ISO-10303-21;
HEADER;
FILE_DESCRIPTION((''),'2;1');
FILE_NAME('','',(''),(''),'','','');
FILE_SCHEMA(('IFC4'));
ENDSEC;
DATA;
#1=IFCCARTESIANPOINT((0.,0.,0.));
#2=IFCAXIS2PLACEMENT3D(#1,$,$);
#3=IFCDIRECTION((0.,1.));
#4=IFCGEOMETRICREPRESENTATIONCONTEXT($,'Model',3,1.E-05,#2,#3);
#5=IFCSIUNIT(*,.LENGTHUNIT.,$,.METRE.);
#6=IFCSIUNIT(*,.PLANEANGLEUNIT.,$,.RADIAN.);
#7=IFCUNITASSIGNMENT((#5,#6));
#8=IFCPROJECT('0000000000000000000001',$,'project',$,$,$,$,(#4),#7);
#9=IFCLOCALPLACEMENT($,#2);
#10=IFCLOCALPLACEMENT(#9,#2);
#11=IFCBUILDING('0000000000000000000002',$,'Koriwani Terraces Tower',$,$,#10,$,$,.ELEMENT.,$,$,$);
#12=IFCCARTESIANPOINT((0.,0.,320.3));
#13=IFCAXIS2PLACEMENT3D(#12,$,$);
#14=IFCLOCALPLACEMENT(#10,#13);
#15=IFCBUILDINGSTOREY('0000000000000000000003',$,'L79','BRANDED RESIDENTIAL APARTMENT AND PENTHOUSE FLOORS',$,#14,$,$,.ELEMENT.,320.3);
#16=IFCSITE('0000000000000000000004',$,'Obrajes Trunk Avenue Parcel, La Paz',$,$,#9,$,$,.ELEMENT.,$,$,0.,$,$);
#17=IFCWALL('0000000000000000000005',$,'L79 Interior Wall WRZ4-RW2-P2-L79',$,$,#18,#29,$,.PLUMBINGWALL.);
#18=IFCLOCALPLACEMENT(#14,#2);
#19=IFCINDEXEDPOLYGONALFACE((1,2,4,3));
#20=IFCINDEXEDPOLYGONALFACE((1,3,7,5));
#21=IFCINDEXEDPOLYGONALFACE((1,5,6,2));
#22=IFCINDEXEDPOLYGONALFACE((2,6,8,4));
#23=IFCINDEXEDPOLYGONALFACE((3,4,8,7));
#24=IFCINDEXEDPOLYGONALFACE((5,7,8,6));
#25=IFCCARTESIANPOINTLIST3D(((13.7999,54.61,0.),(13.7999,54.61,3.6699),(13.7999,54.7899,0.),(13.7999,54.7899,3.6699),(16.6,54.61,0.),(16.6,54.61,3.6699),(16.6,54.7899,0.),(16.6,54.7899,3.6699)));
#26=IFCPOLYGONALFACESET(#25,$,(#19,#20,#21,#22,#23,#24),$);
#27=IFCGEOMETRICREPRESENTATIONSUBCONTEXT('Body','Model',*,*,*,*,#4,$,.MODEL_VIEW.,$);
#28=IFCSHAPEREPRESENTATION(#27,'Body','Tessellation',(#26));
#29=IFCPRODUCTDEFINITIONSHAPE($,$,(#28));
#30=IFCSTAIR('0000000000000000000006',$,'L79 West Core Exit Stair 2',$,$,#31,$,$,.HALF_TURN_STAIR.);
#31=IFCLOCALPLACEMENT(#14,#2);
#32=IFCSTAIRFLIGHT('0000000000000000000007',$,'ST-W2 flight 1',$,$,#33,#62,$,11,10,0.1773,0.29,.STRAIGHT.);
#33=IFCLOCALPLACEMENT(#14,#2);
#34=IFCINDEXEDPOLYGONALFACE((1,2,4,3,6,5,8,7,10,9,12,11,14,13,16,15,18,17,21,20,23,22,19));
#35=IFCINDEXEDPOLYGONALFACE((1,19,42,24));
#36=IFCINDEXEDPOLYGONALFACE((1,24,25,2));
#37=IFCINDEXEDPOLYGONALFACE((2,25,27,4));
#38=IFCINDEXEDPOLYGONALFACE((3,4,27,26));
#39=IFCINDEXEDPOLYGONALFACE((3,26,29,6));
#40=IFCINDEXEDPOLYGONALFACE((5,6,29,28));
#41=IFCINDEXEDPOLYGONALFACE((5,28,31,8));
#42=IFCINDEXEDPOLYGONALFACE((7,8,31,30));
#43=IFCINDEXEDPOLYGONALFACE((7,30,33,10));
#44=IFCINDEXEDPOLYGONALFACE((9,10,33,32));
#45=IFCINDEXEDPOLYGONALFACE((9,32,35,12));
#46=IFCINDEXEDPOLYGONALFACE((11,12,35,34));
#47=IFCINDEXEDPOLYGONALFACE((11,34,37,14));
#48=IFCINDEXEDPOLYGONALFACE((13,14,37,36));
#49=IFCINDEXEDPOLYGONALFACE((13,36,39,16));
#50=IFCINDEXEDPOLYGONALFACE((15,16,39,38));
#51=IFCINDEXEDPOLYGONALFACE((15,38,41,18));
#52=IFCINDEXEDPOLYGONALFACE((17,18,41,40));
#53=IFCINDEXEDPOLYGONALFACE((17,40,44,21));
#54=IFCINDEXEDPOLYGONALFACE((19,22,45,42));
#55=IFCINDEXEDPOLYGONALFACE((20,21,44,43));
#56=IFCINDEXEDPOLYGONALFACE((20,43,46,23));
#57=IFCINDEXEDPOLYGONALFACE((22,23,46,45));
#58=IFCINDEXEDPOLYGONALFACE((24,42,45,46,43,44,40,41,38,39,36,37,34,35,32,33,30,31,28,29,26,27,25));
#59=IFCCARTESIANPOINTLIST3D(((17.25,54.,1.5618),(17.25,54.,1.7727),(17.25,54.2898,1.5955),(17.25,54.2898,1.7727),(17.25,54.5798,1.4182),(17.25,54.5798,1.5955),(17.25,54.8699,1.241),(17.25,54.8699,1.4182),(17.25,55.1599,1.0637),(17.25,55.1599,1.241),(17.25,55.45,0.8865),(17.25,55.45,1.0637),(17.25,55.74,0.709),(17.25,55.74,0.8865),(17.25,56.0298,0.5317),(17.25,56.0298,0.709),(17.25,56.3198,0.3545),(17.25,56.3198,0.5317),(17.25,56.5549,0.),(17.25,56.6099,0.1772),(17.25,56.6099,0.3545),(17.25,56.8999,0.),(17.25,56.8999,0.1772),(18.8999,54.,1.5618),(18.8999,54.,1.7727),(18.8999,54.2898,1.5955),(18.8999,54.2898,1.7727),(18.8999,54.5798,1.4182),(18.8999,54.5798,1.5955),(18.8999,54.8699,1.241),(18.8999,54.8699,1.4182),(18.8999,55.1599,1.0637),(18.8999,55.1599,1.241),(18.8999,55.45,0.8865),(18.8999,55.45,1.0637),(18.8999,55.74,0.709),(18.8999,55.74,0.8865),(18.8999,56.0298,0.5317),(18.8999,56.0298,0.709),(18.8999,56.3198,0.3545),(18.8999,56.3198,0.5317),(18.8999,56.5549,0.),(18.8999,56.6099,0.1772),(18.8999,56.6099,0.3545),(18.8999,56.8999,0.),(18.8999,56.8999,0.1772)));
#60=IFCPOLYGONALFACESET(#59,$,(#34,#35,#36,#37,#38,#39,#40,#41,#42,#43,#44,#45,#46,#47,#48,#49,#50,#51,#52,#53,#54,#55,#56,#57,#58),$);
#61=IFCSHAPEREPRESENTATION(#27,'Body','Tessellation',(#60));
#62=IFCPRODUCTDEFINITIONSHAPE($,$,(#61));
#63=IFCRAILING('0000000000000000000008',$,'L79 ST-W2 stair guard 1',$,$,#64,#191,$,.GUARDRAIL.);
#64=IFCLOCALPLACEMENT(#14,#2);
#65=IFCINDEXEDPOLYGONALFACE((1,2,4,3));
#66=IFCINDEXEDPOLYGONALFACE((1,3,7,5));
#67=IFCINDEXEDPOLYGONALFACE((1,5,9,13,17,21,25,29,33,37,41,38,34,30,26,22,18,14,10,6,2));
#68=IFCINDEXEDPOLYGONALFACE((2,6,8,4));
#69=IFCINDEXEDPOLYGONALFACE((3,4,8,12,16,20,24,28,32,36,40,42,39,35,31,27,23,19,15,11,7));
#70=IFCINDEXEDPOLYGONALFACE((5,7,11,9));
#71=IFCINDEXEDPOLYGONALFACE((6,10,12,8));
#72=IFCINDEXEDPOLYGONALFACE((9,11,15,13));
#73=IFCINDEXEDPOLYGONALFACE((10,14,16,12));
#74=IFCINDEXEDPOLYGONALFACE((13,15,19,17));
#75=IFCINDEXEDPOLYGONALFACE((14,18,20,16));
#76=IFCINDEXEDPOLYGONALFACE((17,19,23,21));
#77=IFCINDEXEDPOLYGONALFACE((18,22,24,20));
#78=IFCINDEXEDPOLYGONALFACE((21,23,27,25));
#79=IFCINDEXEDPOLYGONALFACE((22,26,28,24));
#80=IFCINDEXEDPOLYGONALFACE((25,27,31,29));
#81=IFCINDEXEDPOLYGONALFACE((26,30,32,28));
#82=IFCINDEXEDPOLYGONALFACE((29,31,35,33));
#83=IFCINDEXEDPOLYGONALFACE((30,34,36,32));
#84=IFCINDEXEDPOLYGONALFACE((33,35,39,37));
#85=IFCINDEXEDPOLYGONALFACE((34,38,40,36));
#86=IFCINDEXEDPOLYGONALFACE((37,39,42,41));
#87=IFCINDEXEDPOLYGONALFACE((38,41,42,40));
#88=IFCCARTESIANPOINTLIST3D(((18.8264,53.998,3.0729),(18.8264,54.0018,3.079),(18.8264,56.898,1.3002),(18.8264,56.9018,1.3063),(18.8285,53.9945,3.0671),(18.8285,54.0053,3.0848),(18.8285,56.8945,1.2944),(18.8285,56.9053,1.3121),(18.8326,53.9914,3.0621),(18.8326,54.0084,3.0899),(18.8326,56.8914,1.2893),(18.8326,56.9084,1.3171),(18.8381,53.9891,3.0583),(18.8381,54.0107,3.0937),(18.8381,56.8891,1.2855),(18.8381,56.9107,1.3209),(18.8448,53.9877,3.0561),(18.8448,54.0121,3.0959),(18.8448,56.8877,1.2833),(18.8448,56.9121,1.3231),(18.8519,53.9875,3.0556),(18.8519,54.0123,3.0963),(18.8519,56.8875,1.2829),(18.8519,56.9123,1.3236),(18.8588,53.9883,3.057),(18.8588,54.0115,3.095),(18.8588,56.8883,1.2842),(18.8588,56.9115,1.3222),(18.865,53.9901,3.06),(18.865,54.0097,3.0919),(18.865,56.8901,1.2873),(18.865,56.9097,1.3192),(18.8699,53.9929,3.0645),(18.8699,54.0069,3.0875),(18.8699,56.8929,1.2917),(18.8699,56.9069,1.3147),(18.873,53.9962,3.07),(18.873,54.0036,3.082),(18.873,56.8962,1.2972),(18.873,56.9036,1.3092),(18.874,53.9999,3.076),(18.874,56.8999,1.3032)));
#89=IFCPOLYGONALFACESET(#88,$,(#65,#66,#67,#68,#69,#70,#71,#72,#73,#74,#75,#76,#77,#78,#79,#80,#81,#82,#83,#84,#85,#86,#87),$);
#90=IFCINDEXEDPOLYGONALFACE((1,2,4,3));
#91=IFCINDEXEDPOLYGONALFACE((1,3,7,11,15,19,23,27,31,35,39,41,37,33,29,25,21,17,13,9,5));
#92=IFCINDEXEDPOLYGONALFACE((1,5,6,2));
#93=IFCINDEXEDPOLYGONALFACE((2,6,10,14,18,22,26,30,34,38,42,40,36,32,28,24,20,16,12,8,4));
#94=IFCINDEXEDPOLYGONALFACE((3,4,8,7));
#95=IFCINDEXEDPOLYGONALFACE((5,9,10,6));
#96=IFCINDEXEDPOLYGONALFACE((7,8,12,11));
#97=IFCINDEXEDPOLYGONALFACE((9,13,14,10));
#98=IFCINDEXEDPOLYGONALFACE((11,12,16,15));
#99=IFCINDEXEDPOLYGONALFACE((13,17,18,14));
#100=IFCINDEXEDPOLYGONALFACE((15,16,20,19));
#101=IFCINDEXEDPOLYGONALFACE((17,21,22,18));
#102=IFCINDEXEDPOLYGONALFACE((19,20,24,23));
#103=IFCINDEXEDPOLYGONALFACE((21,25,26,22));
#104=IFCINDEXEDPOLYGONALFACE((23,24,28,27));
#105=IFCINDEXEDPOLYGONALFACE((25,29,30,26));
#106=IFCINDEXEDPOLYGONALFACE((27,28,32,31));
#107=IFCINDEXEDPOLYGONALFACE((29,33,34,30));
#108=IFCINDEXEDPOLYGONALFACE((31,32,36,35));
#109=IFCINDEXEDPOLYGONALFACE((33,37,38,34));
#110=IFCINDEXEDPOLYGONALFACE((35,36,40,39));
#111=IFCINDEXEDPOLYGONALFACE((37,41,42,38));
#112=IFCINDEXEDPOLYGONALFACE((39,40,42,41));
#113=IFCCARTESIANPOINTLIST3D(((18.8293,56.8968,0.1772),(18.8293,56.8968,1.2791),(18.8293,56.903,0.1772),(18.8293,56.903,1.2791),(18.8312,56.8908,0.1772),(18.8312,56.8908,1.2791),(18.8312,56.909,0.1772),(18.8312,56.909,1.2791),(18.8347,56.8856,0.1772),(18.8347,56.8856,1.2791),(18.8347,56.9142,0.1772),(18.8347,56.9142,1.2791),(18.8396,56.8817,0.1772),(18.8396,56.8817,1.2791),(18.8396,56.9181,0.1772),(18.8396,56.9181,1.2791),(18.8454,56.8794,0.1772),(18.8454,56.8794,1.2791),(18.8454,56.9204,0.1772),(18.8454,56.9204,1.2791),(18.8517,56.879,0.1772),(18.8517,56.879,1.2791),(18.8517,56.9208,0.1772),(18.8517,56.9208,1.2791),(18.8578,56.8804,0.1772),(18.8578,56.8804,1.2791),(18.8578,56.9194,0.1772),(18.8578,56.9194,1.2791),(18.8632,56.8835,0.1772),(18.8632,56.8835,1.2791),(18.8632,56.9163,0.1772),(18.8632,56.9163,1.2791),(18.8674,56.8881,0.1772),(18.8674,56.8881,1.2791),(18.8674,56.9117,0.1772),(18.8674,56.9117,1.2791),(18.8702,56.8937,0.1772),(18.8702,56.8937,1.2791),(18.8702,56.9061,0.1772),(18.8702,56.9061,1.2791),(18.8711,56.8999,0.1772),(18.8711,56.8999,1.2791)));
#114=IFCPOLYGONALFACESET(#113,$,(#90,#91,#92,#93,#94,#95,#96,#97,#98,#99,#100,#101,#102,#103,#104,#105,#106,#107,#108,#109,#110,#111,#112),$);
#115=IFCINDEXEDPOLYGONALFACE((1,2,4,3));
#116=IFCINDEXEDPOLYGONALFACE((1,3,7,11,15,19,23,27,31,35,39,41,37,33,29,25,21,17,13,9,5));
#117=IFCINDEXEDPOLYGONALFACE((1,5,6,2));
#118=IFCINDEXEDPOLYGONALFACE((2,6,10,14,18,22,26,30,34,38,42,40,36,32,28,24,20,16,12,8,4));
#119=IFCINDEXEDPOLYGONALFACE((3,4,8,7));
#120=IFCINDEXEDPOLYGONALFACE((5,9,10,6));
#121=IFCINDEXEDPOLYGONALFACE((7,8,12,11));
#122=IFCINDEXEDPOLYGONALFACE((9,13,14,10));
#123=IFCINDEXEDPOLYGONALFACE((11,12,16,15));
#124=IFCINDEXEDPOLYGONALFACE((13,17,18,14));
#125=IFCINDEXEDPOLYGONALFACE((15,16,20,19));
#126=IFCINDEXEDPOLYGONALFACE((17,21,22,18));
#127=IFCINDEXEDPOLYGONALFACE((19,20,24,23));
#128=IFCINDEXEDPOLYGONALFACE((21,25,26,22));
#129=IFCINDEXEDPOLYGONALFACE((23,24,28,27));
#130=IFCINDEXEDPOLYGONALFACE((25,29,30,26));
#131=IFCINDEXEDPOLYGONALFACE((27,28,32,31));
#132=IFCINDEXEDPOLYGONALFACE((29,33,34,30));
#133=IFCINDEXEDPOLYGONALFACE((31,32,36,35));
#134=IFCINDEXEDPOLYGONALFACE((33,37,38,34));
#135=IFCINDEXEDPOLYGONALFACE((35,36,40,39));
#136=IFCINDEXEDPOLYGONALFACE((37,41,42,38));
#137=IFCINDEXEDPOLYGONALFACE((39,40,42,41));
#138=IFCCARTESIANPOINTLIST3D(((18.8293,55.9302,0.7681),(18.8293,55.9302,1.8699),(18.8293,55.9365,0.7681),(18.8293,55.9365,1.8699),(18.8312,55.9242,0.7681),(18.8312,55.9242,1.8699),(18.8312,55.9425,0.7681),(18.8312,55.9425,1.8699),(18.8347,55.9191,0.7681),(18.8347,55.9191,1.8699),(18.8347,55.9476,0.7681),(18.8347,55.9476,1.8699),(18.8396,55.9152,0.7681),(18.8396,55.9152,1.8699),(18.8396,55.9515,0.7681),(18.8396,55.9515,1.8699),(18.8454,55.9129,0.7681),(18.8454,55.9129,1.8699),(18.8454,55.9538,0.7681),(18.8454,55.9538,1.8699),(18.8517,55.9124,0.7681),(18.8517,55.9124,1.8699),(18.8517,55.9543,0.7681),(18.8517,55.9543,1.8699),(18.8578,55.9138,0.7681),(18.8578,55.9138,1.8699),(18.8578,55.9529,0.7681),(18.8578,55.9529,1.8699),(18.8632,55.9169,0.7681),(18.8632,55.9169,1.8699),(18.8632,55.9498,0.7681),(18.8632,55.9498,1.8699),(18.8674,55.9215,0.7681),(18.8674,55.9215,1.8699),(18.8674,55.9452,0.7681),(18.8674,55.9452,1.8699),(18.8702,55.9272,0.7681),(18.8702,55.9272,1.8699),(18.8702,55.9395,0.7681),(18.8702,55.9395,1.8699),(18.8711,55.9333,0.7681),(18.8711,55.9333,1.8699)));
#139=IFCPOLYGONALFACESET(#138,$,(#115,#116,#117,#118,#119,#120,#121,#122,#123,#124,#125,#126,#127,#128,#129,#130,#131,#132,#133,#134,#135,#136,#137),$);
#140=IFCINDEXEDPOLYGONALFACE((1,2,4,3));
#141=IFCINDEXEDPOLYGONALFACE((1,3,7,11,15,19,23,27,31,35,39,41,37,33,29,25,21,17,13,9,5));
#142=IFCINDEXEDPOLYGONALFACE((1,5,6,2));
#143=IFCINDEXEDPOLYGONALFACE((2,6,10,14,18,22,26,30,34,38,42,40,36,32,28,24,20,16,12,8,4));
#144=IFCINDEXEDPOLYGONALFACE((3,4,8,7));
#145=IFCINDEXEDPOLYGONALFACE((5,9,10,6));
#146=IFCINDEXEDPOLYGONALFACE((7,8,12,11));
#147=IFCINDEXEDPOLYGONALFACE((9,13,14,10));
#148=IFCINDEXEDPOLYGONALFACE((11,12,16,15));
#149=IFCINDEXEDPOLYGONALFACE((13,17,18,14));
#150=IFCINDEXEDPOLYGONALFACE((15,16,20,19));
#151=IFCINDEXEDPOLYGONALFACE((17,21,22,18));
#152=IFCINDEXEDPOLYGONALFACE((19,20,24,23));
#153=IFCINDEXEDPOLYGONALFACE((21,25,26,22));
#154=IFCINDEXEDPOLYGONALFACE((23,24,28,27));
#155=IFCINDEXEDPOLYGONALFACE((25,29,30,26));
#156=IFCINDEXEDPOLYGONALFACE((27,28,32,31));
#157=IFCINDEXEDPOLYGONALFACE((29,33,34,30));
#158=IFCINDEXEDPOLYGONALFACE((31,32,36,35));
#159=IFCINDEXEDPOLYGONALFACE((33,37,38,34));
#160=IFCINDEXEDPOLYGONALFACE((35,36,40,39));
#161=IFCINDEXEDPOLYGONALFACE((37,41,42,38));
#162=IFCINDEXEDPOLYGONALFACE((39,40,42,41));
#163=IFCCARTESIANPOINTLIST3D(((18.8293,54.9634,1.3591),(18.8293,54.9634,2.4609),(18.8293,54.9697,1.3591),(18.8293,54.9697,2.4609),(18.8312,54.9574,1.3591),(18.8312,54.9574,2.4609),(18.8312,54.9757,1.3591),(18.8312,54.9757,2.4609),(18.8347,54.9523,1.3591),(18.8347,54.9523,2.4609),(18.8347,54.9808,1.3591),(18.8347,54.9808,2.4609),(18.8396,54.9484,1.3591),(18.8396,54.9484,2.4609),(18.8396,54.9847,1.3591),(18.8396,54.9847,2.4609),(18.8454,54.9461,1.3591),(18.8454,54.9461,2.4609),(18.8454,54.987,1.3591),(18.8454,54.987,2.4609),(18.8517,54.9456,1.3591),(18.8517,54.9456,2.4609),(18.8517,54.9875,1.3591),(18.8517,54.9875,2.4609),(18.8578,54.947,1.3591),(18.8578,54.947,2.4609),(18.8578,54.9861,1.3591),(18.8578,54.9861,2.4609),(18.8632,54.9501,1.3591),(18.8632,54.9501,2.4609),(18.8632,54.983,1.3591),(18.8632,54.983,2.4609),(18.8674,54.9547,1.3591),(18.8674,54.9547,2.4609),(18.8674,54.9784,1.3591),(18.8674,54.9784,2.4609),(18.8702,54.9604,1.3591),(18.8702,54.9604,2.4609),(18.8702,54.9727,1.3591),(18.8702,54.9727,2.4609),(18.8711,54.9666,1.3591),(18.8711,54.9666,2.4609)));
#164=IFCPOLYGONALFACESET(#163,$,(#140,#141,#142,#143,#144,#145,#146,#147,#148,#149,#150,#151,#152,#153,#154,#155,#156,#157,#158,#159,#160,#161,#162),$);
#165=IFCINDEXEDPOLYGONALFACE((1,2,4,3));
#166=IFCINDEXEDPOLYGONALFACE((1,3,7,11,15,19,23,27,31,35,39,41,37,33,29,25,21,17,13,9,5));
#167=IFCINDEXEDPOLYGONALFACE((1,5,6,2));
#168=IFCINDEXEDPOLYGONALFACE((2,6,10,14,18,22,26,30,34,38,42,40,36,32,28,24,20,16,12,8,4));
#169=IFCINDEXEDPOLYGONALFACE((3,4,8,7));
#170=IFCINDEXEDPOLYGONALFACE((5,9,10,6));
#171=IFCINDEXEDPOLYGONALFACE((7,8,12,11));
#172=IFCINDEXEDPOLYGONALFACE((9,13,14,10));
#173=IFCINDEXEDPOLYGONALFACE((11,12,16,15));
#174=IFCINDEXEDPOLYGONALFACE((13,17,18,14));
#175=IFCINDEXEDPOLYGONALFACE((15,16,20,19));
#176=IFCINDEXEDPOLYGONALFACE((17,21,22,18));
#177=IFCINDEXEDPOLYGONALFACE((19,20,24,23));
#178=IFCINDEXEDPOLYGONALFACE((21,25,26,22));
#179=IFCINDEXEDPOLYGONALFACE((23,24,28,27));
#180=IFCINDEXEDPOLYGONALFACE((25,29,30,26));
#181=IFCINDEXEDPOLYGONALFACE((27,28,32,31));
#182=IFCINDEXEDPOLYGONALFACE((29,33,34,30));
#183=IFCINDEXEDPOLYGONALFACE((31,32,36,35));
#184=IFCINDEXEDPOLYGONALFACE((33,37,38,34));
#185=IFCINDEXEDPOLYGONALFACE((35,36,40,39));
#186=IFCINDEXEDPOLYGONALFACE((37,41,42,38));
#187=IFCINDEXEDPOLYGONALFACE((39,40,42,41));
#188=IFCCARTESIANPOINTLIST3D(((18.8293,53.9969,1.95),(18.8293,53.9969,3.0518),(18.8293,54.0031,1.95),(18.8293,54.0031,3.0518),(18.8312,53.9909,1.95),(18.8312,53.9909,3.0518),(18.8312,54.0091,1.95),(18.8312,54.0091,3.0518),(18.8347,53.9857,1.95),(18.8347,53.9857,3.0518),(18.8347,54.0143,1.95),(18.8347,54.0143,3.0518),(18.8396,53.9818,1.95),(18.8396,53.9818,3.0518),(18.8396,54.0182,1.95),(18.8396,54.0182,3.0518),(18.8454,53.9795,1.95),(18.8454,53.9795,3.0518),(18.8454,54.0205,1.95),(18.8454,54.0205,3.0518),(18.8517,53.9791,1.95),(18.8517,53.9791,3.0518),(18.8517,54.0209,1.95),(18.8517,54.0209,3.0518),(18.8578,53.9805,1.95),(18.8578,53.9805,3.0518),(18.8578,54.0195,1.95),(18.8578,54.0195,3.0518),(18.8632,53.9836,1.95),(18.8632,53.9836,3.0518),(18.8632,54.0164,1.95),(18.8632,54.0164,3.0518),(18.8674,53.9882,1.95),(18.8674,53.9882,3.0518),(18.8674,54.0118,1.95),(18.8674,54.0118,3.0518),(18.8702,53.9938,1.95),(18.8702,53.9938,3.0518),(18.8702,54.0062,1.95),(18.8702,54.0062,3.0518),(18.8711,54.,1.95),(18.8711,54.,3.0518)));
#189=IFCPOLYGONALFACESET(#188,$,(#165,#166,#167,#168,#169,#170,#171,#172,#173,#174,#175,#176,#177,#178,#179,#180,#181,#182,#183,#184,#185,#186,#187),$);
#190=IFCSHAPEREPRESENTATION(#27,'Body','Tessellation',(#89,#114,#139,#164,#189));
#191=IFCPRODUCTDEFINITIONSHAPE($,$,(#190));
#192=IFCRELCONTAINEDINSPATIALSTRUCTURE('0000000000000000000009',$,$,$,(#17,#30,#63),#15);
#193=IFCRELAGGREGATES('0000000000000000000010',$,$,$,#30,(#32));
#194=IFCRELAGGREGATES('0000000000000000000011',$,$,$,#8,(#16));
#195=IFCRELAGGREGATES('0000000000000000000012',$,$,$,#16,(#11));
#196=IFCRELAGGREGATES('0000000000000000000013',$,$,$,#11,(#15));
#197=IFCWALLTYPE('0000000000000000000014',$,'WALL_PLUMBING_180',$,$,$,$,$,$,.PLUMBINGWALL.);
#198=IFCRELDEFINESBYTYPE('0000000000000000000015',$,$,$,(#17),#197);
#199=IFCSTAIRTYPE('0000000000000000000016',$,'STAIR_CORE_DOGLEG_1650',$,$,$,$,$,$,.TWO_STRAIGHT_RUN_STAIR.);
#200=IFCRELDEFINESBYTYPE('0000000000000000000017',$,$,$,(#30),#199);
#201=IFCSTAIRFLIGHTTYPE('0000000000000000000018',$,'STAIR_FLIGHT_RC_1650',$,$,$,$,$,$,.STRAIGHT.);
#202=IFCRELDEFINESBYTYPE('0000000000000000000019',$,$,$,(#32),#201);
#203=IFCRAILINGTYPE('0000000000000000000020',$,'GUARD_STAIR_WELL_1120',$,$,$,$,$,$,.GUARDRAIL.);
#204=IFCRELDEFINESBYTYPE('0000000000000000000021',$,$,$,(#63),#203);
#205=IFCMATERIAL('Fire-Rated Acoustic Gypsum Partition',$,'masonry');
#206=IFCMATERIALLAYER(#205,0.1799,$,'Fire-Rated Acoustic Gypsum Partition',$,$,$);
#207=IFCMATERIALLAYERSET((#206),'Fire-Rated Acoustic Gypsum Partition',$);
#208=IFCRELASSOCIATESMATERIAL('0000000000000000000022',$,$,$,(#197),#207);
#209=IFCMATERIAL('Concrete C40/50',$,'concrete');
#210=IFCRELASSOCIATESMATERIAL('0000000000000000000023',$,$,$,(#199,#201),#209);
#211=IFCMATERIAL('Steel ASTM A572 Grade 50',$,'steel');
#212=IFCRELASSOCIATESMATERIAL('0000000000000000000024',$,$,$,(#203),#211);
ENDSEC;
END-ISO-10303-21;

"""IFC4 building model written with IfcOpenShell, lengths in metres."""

from ifc_helpers import new_model, si_unit, direction, frame, frame_2d, origin, origin_2d, place, context, subcontext, project, spatial, polyline, rectangle, circle, outline, extrude, material, layer, layer_set, type_object, element, aggregate, save


model = new_model("IFC4")

# Units and contexts
model_context = context("Model", 3, precision=1e-05, world=origin(), true_north=direction((0.0, 1.0)))
body_context = subcontext(model_context, "Body", "Model", "MODEL_VIEW")
ifc_project = project(units=[si_unit("LENGTHUNIT", "METRE"), si_unit("PLANEANGLEUNIT", "RADIAN")], contexts=[model_context])

# Site, building, storey
site_placement = place(None, origin())
site = spatial("IfcSite", under=ifc_project, at=site_placement, Name="Obrajes Trunk Avenue Parcel, La Paz", CompositionType="ELEMENT", RefElevation=0.0)
building_placement = place(site_placement, origin())
building = spatial("IfcBuilding", under=site, at=building_placement, Name="Koriwani Terraces Tower", CompositionType="ELEMENT")
storey_placement = place(building_placement, frame((0.0, 0.0, 320.3)))
storey = spatial("IfcBuildingStorey", under=building, at=storey_placement, Name="L79", Description="BRANDED RESIDENTIAL APARTMENT AND PENTHOUSE FLOORS", CompositionType="ELEMENT", Elevation=320.3)

# Shared definitions
ifc_material_1 = material(Name="Concrete C40/50", Category="concrete")
ifc_material_2 = material(Name="Steel ASTM A572 Grade 50", Category="steel")

# Shared definitions
ifc_material_3 = material(Name="Fire-Rated Acoustic Gypsum Partition", Category="masonry")
ifc_layer_1 = layer(ifc_material_3, 0.1799, Name="Fire-Rated Acoustic Gypsum Partition")
ifc_layer_set_1 = layer_set([ifc_layer_1], Name="Fire-Rated Acoustic Gypsum Partition")
wall_type_1 = type_object("IfcWallType", Name="WALL_PLUMBING_180", PredefinedType="PLUMBINGWALL", material=ifc_layer_set_1)

# Wall
wall_1_placement = place(storey_placement, frame((13.8, 54.7, 0.0), z_axis=(0.0, 0.0, 1.0), x_axis=(1.0, 0.0, 0.0)))
element("IfcWall", 1, at=wall_1_placement, inside=storey, type_object=wall_type_1, Name="L79 Interior Wall WRZ4-RW2-P2-L79", PredefinedType="PLUMBINGWALL", context=body_context, shape_type="SweptSolid", body=[
    extrude(rectangle(XDim=2.8, YDim=0.1799, at=frame_2d((1.3999, 0.0))), origin(), (0.0, 0.0, 1.0), 3.6699),
])

# Stair, stair flight
stair_type = type_object("IfcStairType", Name="STAIR_CORE_DOGLEG_1650", PredefinedType="TWO_STRAIGHT_RUN_STAIR", material=ifc_material_1)
stair_placement = place(storey_placement, origin())
stair = element("IfcStair", 2, at=stair_placement, inside=storey, type_object=stair_type, Name="L79 West Core Exit Stair 2", PredefinedType="HALF_TURN_STAIR")
stair_flight_type = type_object("IfcStairFlightType", Name="STAIR_FLIGHT_RC_1650", PredefinedType="STRAIGHT", material=ifc_material_1)
stair_flight_placement = place(storey_placement, frame((18.075, 56.8999, 0.0), z_axis=(0.0, 0.0, 1.0), x_axis=(0.0, -1.0, 0.0)))
stair_flight = element("IfcStairFlight", 3, at=stair_flight_placement, type_object=stair_flight_type, Name="ST-W2 flight 1", NumberOfRisers=11, NumberOfTreads=10, PredefinedType="STRAIGHT", RiserHeight=0.1773, TreadLength=0.29, context=body_context, shape_type="SweptSolid", body=[
    extrude(outline(polyline([(0.0, 0.0), (0.0, 0.1772), (0.29, 0.1772), (0.29, 0.3545), (0.5801, 0.3545), (0.5801, 0.5317), (0.8701, 0.5317), (0.8701, 0.709), (1.1599, 0.709), (1.1599, 0.8865), (1.45, 0.8865), (1.45, 1.0637), (1.74, 1.0637), (1.74, 1.241), (2.03, 1.241), (2.03, 1.4182), (2.3201, 1.4182), (2.3201, 1.5955), (2.6101, 1.5955), (2.6101, 1.7727), (2.8999, 1.7727), (2.8999, 1.95), (2.8999, 1.5618), (0.345, 0.0), (0.0, 0.0)])), frame((0.0, 0.825, 0.0), z_axis=(0.0, -1.0, 0.0), x_axis=(1.0, 0.0, 0.0)), (0.0, 0.0, 1.0), 1.6499),
])
aggregate(stair, [stair_flight])

# Railing
railing_type_1 = type_object("IfcRailingType", Name="GUARD_STAIR_WELL_1120", PredefinedType="GUARDRAIL", material=ifc_material_2)
railing_1_placement = place(storey_placement, frame((18.8501, 56.8999, 0.1772)))
element("IfcRailing", 4, at=railing_1_placement, inside=storey, type_object=railing_type_1, Name="L79 ST-W2 stair guard 1", PredefinedType="GUARDRAIL", context=body_context, shape_type="SweptSolid", body=[
    extrude(circle(Radius=0.0239, at=origin_2d()), frame((0.0, 0.0, 1.126), z_axis=(0.0, -0.853211, 0.521566), x_axis=(1.0, 0.0, 0.0)), (0.0, 0.0, 1.0), 3.3989),
    extrude(circle(Radius=0.021, at=origin_2d()), origin(), (0.0, 0.0, 1.0), 1.1018),
    extrude(circle(Radius=0.021, at=origin_2d()), frame((0.0, -0.9666, 0.5908)), (0.0, 0.0, 1.0), 1.1018),
    extrude(circle(Radius=0.021, at=origin_2d()), frame((0.0, -1.9333, 1.1819)), (0.0, 0.0, 1.0), 1.1018),
    extrude(circle(Radius=0.021, at=origin_2d()), frame((0.0, -2.8999, 1.7727)), (0.0, 0.0, 1.0), 1.1018),
])

save(model, "model.ifc")
